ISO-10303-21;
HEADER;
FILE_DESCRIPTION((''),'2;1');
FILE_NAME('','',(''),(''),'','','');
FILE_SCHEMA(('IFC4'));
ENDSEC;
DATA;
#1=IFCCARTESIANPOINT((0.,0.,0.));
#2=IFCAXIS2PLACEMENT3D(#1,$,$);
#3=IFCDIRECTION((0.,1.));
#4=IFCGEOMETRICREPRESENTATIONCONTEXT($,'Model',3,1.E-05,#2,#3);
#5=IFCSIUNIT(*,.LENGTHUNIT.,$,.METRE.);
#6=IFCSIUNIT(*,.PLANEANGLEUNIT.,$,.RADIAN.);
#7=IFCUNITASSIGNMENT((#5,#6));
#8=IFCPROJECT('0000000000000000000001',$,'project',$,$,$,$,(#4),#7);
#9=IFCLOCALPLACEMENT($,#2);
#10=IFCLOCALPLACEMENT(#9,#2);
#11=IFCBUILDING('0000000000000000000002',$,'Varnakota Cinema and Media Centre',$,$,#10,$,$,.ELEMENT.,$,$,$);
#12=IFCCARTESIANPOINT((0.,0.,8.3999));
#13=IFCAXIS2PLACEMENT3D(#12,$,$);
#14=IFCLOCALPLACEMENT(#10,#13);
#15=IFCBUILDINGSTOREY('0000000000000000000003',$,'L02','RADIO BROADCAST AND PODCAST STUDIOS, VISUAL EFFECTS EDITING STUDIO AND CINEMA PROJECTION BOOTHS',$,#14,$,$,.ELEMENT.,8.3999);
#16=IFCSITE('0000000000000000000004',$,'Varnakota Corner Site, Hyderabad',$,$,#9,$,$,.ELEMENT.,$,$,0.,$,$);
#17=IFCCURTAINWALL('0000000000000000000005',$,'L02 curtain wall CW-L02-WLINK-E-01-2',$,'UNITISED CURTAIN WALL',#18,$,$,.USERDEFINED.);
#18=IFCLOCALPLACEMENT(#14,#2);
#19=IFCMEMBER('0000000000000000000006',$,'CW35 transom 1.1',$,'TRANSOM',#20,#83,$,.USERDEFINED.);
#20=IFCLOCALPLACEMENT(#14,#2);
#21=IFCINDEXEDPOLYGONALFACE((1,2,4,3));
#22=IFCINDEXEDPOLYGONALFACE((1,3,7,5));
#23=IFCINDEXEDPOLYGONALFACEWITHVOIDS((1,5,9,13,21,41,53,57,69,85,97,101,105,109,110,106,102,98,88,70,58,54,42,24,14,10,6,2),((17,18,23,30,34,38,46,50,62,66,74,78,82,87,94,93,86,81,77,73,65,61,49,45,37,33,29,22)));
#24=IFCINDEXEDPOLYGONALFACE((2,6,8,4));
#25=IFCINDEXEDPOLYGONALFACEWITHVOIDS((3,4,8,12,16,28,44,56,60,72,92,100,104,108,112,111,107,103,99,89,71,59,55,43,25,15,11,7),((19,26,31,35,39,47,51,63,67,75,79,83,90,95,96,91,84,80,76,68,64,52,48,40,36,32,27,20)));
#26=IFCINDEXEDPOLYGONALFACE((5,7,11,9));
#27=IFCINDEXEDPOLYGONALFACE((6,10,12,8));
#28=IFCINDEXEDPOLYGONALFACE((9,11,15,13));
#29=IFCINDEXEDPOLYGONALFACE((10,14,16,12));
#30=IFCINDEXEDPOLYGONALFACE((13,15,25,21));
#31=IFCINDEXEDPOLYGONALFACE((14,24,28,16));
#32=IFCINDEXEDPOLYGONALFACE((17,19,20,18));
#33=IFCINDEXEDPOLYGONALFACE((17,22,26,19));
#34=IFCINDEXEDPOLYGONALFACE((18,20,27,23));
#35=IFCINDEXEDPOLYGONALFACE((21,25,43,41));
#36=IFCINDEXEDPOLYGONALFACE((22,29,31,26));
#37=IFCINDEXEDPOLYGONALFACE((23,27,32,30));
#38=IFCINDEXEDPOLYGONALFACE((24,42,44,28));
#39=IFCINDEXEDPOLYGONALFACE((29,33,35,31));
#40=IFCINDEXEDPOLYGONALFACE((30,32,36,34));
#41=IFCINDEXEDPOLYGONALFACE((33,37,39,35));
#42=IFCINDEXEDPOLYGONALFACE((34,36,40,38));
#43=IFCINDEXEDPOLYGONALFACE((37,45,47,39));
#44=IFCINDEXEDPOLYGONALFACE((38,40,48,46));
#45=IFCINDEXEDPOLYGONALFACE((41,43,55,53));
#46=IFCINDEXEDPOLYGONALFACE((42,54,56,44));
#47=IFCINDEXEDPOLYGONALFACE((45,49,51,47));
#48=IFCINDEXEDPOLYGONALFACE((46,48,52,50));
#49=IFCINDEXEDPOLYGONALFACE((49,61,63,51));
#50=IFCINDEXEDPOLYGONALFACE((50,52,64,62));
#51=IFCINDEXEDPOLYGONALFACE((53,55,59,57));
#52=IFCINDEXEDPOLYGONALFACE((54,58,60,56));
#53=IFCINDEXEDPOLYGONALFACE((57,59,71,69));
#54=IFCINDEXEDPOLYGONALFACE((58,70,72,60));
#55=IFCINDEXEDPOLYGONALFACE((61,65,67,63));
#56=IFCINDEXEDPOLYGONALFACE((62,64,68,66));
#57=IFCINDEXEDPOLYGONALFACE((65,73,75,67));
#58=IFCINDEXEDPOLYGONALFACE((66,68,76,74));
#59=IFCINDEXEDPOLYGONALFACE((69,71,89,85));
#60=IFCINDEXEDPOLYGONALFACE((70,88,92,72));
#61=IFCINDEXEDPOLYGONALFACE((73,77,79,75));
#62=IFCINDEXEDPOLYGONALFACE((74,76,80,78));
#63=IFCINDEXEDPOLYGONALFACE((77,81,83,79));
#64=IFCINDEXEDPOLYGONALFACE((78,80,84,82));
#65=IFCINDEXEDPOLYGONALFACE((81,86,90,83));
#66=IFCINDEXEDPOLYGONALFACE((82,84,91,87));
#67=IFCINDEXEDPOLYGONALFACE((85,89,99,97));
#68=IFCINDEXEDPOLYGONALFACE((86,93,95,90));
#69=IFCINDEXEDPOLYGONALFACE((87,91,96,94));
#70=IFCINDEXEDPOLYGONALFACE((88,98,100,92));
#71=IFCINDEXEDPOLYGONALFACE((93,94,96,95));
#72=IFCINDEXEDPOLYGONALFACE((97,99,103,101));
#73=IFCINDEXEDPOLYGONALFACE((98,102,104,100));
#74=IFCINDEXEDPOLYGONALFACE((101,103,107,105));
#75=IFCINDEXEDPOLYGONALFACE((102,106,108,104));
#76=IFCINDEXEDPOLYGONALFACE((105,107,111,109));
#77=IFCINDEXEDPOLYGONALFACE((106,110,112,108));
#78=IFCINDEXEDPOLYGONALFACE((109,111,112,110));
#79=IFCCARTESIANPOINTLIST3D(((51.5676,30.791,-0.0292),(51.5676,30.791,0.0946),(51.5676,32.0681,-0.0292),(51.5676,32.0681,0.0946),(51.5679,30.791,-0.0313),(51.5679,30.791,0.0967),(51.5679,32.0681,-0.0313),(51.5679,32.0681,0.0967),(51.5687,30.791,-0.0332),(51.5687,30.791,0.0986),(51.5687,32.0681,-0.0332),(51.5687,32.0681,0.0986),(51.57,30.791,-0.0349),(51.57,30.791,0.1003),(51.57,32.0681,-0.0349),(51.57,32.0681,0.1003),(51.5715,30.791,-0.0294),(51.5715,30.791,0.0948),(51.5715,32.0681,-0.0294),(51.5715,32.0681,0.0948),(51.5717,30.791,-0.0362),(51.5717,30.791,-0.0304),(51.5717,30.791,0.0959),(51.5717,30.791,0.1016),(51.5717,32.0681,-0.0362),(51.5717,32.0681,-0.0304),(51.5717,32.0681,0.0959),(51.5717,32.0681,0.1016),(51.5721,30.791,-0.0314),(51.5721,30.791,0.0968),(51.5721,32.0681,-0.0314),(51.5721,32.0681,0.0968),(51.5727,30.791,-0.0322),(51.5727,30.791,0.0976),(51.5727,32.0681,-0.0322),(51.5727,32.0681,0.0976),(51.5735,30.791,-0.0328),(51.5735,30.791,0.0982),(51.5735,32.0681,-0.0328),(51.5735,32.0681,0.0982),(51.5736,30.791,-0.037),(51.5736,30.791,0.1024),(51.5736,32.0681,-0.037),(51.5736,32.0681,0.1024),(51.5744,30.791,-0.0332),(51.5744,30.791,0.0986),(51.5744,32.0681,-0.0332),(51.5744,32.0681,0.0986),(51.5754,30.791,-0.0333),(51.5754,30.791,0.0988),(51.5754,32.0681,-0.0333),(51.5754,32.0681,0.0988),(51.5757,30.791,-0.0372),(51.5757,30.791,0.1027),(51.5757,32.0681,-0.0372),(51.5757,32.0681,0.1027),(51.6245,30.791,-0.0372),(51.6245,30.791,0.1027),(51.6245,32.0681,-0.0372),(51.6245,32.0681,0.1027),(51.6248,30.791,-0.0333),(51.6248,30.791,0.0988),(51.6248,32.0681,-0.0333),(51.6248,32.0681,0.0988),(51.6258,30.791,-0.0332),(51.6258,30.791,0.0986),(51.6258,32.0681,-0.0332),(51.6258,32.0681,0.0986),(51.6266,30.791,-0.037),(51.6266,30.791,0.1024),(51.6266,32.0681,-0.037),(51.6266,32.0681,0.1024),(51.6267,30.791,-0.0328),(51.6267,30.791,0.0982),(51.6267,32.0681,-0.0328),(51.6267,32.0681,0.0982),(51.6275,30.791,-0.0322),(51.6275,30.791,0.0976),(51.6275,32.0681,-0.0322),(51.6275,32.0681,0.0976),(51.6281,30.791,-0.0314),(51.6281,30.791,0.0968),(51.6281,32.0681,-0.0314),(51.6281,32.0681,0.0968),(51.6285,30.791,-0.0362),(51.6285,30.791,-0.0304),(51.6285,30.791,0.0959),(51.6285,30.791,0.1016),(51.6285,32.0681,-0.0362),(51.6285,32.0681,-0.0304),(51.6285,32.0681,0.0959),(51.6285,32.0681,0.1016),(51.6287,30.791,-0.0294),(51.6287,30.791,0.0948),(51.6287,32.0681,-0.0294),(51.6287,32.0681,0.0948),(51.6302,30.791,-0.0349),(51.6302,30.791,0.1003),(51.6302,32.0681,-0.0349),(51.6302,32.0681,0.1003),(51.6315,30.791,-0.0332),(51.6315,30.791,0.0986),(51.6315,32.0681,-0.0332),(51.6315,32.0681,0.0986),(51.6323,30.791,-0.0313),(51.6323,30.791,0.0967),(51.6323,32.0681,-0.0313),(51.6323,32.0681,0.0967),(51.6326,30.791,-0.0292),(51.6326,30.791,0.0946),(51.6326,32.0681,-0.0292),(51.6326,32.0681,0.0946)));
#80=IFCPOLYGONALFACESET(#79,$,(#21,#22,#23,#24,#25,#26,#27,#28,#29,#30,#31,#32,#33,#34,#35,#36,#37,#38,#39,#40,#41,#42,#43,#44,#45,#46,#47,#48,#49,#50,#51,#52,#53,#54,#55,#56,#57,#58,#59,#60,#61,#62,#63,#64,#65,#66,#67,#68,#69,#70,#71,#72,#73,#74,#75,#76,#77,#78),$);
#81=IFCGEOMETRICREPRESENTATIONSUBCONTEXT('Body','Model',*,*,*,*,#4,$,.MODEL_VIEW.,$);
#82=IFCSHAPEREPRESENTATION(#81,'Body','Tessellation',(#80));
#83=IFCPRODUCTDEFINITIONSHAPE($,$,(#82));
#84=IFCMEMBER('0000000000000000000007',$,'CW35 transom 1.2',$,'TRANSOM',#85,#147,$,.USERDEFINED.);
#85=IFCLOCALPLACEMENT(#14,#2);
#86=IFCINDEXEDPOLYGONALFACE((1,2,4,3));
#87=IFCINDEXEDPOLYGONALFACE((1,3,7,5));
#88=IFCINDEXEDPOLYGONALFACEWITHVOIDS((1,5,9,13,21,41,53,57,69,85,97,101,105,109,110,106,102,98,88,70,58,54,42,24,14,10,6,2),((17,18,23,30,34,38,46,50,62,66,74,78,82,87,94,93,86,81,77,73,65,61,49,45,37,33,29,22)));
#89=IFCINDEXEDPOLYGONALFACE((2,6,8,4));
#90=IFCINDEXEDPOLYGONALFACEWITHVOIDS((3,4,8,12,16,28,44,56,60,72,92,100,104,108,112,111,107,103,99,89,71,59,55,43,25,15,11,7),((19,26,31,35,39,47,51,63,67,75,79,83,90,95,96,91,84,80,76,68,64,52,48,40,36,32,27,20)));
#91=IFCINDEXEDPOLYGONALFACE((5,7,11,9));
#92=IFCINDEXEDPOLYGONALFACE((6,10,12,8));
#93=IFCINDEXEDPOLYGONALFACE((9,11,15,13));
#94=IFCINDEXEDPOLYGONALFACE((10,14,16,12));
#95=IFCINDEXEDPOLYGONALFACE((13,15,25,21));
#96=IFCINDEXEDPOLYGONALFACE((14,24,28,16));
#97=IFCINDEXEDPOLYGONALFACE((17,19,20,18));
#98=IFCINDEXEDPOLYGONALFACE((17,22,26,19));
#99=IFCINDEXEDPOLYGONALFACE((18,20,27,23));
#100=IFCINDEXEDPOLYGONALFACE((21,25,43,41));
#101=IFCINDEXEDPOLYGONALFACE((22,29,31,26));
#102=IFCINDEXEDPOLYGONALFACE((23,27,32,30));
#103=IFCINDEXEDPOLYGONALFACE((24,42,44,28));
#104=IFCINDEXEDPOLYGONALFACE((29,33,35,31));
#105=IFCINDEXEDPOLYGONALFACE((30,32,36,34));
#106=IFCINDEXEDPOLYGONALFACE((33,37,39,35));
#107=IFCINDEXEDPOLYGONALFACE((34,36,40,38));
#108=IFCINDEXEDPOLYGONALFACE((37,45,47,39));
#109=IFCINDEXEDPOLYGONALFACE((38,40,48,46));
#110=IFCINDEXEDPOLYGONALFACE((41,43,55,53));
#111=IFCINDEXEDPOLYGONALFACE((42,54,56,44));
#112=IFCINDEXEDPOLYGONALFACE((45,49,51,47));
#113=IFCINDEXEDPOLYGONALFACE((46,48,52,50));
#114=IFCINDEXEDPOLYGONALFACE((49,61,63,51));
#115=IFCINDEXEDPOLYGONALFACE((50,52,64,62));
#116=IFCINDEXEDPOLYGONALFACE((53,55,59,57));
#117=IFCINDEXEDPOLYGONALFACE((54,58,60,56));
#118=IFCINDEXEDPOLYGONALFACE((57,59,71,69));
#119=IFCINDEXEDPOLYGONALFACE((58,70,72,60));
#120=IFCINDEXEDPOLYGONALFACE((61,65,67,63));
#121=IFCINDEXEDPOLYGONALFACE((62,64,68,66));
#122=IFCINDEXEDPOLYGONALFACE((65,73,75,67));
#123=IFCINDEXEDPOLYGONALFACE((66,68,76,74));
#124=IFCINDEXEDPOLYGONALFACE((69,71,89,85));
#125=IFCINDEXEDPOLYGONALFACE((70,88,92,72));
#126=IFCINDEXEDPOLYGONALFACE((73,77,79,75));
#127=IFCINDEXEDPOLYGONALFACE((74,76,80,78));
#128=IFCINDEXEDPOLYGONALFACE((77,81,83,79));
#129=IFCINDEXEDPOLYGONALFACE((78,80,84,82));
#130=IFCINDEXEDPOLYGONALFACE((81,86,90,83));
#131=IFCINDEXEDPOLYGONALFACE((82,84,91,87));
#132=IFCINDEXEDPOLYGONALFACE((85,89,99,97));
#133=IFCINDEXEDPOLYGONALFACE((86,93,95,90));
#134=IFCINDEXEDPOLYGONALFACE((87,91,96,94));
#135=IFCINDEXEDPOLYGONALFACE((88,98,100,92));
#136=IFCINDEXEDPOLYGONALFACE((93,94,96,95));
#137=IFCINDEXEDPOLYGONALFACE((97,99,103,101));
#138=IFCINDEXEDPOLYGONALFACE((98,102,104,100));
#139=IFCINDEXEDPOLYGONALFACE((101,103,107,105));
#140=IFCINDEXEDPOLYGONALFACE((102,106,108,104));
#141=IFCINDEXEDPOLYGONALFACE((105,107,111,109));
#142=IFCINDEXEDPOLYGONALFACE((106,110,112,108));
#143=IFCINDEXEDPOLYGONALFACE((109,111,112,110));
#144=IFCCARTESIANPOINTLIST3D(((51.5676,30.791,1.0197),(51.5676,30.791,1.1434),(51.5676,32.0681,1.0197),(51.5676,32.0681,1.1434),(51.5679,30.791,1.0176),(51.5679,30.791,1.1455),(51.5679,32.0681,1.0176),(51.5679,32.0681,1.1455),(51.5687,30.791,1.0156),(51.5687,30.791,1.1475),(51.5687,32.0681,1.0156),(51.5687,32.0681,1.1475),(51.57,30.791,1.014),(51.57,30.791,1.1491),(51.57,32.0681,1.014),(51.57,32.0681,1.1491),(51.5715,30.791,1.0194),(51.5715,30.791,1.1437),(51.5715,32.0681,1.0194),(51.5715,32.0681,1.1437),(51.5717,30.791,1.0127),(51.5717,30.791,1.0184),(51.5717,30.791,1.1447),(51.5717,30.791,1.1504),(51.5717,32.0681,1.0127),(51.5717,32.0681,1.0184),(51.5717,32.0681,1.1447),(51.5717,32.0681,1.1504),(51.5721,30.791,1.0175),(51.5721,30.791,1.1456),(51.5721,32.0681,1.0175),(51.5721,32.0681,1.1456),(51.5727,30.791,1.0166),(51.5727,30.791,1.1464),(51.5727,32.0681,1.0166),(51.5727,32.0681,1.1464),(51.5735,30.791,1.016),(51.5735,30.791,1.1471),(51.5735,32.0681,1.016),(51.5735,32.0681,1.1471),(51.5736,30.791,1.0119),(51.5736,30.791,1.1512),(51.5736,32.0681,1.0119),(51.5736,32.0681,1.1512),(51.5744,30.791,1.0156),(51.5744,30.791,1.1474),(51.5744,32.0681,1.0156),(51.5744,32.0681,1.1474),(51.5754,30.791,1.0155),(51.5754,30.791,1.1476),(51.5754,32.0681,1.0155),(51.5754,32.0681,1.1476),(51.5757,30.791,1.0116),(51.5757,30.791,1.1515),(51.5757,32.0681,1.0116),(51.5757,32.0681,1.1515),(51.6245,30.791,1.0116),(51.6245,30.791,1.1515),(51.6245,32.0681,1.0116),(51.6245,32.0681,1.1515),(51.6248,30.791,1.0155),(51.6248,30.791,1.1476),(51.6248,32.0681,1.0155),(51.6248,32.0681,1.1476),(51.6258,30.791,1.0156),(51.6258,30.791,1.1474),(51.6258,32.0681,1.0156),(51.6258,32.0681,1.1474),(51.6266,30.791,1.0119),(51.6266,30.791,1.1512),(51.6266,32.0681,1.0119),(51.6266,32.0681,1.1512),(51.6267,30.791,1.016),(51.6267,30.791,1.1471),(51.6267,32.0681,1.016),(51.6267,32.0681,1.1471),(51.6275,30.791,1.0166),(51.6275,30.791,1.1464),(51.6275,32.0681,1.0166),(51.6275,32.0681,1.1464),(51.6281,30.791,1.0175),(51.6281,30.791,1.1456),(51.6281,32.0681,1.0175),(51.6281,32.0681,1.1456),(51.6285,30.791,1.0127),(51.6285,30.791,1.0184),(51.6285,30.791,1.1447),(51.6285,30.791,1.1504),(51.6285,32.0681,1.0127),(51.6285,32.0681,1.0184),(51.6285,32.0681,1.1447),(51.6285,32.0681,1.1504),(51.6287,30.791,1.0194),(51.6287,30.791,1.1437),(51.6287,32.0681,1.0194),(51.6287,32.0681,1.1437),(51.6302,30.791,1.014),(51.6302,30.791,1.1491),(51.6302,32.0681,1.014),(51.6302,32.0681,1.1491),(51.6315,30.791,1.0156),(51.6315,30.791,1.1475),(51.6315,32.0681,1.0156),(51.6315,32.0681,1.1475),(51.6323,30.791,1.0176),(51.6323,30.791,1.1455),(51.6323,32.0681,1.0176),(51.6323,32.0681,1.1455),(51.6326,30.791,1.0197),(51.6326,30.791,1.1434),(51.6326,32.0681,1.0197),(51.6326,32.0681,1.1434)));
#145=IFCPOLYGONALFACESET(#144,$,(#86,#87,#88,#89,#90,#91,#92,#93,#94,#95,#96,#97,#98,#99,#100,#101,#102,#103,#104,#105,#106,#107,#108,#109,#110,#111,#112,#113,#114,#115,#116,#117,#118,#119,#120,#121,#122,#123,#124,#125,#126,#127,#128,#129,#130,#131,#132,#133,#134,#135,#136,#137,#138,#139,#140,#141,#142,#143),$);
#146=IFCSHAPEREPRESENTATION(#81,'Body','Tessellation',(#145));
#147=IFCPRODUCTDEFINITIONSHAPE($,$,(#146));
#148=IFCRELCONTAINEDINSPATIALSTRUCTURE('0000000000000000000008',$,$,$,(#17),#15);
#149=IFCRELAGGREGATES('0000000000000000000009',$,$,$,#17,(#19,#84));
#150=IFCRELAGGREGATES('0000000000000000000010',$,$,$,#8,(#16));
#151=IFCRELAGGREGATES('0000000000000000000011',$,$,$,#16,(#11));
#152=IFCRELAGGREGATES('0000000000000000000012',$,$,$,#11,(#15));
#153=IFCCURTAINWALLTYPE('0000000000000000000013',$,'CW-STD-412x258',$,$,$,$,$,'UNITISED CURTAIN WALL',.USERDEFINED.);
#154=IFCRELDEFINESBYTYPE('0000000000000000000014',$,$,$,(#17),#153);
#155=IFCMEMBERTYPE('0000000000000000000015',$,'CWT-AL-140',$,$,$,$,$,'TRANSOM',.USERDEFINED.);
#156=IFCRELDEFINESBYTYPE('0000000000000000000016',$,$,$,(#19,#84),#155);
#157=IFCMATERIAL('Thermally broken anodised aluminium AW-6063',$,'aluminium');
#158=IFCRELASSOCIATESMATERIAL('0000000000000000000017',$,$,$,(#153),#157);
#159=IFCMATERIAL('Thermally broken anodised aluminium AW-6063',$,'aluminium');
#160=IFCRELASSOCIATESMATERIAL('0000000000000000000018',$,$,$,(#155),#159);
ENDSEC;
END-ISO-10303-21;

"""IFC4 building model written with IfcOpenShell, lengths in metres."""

from ifc_helpers import new_model, si_unit, direction, frame, origin, origin_2d, place, context, subcontext, project, spatial, hollow_rectangle, extrude, material, material_profile, profile_set, type_object, element, aggregate, save


model = new_model("IFC4")

# Units and contexts
model_context = context("Model", 3, precision=1e-05, world=origin(), true_north=direction((0.0, 1.0)))
body_context = subcontext(model_context, "Body", "Model", "MODEL_VIEW")
ifc_project = project(units=[si_unit("LENGTHUNIT", "METRE"), si_unit("PLANEANGLEUNIT", "RADIAN")], contexts=[model_context])

# Site, building, storey
site_placement = place(None, origin())
site = spatial("IfcSite", under=ifc_project, at=site_placement, Name="Varnakota Corner Site, Hyderabad", CompositionType="ELEMENT", RefElevation=0.0)
building_placement = place(site_placement, origin())
building = spatial("IfcBuilding", under=site, at=building_placement, Name="Varnakota Cinema and Media Centre", CompositionType="ELEMENT")
storey_placement = place(building_placement, frame((0.0, 0.0, 8.3999)))
storey = spatial("IfcBuildingStorey", under=building, at=storey_placement, Name="L02", Description="RADIO BROADCAST AND PODCAST STUDIOS, VISUAL EFFECTS EDITING STUDIO AND CINEMA PROJECTION BOOTHS", CompositionType="ELEMENT", Elevation=8.3999)

# Curtain wall
ifc_material_1 = material(Name="Thermally broken anodised aluminium AW-6063", Category="aluminium")
curtain_wall_type = type_object("IfcCurtainWallType", Name="CW-STD-412x258", ElementType="UNITISED CURTAIN WALL", PredefinedType="USERDEFINED", material=ifc_material_1)
curtain_wall_1_placement = place(storey_placement, origin())
curtain_wall_1 = element("IfcCurtainWall", 1, at=curtain_wall_1_placement, inside=storey, type_object=curtain_wall_type, Name="L02 curtain wall CW-L02-WLINK-E-01-2", ObjectType="UNITISED CURTAIN WALL", PredefinedType="USERDEFINED")

# Shared definitions
ifc_material_2 = material(Name="Thermally broken anodised aluminium AW-6063", Category="aluminium")
ifc_material_profile_1 = material_profile(ifc_material_2, hollow_rectangle(XDim=0.0649, YDim=0.1399, WallThickness=0.0039, InnerFilletRadius=0.0039, OuterFilletRadius=0.0081, at=origin_2d()), Name="AL-TRANSOM 140x65x4")
ifc_profile_set_1 = profile_set([ifc_material_profile_1], Name="Thermally broken anodised aluminium AW-6063")
member_type_1 = type_object("IfcMemberType", Name="CWT-AL-140", ElementType="TRANSOM", PredefinedType="USERDEFINED", material=ifc_profile_set_1)

# Members
member_1_placement = place(storey_placement, frame((51.6001, 30.791, 0.0327), z_axis=(0.0, 1.0, 0.0), x_axis=(-1.0, 0.0, 0.0)))
member_1 = element("IfcMember", 2, at=member_1_placement, type_object=member_type_1, Name="CW35 transom 1.1", ObjectType="TRANSOM", PredefinedType="USERDEFINED", context=body_context, shape_type="SweptSolid", body=[
    extrude(hollow_rectangle(XDim=0.0649, YDim=0.1399, WallThickness=0.0039, InnerFilletRadius=0.0039, OuterFilletRadius=0.0081, at=origin_2d()), origin(), (0.0, 0.0, 1.0), 1.2771),
])
member_2_placement = place(storey_placement, frame((51.6001, 30.791, 1.0815), z_axis=(0.0, 1.0, 0.0), x_axis=(-1.0, 0.0, 0.0)))
member_2 = element("IfcMember", 3, at=member_2_placement, type_object=member_type_1, Name="CW35 transom 1.2", ObjectType="TRANSOM", PredefinedType="USERDEFINED", context=body_context, shape_type="SweptSolid", body=[
    extrude(hollow_rectangle(XDim=0.0649, YDim=0.1399, WallThickness=0.0039, InnerFilletRadius=0.0039, OuterFilletRadius=0.0081, at=origin_2d()), origin(), (0.0, 0.0, 1.0), 1.2771),
])
aggregate(curtain_wall_1, [member_1, member_2])

save(model, "model.ifc")
